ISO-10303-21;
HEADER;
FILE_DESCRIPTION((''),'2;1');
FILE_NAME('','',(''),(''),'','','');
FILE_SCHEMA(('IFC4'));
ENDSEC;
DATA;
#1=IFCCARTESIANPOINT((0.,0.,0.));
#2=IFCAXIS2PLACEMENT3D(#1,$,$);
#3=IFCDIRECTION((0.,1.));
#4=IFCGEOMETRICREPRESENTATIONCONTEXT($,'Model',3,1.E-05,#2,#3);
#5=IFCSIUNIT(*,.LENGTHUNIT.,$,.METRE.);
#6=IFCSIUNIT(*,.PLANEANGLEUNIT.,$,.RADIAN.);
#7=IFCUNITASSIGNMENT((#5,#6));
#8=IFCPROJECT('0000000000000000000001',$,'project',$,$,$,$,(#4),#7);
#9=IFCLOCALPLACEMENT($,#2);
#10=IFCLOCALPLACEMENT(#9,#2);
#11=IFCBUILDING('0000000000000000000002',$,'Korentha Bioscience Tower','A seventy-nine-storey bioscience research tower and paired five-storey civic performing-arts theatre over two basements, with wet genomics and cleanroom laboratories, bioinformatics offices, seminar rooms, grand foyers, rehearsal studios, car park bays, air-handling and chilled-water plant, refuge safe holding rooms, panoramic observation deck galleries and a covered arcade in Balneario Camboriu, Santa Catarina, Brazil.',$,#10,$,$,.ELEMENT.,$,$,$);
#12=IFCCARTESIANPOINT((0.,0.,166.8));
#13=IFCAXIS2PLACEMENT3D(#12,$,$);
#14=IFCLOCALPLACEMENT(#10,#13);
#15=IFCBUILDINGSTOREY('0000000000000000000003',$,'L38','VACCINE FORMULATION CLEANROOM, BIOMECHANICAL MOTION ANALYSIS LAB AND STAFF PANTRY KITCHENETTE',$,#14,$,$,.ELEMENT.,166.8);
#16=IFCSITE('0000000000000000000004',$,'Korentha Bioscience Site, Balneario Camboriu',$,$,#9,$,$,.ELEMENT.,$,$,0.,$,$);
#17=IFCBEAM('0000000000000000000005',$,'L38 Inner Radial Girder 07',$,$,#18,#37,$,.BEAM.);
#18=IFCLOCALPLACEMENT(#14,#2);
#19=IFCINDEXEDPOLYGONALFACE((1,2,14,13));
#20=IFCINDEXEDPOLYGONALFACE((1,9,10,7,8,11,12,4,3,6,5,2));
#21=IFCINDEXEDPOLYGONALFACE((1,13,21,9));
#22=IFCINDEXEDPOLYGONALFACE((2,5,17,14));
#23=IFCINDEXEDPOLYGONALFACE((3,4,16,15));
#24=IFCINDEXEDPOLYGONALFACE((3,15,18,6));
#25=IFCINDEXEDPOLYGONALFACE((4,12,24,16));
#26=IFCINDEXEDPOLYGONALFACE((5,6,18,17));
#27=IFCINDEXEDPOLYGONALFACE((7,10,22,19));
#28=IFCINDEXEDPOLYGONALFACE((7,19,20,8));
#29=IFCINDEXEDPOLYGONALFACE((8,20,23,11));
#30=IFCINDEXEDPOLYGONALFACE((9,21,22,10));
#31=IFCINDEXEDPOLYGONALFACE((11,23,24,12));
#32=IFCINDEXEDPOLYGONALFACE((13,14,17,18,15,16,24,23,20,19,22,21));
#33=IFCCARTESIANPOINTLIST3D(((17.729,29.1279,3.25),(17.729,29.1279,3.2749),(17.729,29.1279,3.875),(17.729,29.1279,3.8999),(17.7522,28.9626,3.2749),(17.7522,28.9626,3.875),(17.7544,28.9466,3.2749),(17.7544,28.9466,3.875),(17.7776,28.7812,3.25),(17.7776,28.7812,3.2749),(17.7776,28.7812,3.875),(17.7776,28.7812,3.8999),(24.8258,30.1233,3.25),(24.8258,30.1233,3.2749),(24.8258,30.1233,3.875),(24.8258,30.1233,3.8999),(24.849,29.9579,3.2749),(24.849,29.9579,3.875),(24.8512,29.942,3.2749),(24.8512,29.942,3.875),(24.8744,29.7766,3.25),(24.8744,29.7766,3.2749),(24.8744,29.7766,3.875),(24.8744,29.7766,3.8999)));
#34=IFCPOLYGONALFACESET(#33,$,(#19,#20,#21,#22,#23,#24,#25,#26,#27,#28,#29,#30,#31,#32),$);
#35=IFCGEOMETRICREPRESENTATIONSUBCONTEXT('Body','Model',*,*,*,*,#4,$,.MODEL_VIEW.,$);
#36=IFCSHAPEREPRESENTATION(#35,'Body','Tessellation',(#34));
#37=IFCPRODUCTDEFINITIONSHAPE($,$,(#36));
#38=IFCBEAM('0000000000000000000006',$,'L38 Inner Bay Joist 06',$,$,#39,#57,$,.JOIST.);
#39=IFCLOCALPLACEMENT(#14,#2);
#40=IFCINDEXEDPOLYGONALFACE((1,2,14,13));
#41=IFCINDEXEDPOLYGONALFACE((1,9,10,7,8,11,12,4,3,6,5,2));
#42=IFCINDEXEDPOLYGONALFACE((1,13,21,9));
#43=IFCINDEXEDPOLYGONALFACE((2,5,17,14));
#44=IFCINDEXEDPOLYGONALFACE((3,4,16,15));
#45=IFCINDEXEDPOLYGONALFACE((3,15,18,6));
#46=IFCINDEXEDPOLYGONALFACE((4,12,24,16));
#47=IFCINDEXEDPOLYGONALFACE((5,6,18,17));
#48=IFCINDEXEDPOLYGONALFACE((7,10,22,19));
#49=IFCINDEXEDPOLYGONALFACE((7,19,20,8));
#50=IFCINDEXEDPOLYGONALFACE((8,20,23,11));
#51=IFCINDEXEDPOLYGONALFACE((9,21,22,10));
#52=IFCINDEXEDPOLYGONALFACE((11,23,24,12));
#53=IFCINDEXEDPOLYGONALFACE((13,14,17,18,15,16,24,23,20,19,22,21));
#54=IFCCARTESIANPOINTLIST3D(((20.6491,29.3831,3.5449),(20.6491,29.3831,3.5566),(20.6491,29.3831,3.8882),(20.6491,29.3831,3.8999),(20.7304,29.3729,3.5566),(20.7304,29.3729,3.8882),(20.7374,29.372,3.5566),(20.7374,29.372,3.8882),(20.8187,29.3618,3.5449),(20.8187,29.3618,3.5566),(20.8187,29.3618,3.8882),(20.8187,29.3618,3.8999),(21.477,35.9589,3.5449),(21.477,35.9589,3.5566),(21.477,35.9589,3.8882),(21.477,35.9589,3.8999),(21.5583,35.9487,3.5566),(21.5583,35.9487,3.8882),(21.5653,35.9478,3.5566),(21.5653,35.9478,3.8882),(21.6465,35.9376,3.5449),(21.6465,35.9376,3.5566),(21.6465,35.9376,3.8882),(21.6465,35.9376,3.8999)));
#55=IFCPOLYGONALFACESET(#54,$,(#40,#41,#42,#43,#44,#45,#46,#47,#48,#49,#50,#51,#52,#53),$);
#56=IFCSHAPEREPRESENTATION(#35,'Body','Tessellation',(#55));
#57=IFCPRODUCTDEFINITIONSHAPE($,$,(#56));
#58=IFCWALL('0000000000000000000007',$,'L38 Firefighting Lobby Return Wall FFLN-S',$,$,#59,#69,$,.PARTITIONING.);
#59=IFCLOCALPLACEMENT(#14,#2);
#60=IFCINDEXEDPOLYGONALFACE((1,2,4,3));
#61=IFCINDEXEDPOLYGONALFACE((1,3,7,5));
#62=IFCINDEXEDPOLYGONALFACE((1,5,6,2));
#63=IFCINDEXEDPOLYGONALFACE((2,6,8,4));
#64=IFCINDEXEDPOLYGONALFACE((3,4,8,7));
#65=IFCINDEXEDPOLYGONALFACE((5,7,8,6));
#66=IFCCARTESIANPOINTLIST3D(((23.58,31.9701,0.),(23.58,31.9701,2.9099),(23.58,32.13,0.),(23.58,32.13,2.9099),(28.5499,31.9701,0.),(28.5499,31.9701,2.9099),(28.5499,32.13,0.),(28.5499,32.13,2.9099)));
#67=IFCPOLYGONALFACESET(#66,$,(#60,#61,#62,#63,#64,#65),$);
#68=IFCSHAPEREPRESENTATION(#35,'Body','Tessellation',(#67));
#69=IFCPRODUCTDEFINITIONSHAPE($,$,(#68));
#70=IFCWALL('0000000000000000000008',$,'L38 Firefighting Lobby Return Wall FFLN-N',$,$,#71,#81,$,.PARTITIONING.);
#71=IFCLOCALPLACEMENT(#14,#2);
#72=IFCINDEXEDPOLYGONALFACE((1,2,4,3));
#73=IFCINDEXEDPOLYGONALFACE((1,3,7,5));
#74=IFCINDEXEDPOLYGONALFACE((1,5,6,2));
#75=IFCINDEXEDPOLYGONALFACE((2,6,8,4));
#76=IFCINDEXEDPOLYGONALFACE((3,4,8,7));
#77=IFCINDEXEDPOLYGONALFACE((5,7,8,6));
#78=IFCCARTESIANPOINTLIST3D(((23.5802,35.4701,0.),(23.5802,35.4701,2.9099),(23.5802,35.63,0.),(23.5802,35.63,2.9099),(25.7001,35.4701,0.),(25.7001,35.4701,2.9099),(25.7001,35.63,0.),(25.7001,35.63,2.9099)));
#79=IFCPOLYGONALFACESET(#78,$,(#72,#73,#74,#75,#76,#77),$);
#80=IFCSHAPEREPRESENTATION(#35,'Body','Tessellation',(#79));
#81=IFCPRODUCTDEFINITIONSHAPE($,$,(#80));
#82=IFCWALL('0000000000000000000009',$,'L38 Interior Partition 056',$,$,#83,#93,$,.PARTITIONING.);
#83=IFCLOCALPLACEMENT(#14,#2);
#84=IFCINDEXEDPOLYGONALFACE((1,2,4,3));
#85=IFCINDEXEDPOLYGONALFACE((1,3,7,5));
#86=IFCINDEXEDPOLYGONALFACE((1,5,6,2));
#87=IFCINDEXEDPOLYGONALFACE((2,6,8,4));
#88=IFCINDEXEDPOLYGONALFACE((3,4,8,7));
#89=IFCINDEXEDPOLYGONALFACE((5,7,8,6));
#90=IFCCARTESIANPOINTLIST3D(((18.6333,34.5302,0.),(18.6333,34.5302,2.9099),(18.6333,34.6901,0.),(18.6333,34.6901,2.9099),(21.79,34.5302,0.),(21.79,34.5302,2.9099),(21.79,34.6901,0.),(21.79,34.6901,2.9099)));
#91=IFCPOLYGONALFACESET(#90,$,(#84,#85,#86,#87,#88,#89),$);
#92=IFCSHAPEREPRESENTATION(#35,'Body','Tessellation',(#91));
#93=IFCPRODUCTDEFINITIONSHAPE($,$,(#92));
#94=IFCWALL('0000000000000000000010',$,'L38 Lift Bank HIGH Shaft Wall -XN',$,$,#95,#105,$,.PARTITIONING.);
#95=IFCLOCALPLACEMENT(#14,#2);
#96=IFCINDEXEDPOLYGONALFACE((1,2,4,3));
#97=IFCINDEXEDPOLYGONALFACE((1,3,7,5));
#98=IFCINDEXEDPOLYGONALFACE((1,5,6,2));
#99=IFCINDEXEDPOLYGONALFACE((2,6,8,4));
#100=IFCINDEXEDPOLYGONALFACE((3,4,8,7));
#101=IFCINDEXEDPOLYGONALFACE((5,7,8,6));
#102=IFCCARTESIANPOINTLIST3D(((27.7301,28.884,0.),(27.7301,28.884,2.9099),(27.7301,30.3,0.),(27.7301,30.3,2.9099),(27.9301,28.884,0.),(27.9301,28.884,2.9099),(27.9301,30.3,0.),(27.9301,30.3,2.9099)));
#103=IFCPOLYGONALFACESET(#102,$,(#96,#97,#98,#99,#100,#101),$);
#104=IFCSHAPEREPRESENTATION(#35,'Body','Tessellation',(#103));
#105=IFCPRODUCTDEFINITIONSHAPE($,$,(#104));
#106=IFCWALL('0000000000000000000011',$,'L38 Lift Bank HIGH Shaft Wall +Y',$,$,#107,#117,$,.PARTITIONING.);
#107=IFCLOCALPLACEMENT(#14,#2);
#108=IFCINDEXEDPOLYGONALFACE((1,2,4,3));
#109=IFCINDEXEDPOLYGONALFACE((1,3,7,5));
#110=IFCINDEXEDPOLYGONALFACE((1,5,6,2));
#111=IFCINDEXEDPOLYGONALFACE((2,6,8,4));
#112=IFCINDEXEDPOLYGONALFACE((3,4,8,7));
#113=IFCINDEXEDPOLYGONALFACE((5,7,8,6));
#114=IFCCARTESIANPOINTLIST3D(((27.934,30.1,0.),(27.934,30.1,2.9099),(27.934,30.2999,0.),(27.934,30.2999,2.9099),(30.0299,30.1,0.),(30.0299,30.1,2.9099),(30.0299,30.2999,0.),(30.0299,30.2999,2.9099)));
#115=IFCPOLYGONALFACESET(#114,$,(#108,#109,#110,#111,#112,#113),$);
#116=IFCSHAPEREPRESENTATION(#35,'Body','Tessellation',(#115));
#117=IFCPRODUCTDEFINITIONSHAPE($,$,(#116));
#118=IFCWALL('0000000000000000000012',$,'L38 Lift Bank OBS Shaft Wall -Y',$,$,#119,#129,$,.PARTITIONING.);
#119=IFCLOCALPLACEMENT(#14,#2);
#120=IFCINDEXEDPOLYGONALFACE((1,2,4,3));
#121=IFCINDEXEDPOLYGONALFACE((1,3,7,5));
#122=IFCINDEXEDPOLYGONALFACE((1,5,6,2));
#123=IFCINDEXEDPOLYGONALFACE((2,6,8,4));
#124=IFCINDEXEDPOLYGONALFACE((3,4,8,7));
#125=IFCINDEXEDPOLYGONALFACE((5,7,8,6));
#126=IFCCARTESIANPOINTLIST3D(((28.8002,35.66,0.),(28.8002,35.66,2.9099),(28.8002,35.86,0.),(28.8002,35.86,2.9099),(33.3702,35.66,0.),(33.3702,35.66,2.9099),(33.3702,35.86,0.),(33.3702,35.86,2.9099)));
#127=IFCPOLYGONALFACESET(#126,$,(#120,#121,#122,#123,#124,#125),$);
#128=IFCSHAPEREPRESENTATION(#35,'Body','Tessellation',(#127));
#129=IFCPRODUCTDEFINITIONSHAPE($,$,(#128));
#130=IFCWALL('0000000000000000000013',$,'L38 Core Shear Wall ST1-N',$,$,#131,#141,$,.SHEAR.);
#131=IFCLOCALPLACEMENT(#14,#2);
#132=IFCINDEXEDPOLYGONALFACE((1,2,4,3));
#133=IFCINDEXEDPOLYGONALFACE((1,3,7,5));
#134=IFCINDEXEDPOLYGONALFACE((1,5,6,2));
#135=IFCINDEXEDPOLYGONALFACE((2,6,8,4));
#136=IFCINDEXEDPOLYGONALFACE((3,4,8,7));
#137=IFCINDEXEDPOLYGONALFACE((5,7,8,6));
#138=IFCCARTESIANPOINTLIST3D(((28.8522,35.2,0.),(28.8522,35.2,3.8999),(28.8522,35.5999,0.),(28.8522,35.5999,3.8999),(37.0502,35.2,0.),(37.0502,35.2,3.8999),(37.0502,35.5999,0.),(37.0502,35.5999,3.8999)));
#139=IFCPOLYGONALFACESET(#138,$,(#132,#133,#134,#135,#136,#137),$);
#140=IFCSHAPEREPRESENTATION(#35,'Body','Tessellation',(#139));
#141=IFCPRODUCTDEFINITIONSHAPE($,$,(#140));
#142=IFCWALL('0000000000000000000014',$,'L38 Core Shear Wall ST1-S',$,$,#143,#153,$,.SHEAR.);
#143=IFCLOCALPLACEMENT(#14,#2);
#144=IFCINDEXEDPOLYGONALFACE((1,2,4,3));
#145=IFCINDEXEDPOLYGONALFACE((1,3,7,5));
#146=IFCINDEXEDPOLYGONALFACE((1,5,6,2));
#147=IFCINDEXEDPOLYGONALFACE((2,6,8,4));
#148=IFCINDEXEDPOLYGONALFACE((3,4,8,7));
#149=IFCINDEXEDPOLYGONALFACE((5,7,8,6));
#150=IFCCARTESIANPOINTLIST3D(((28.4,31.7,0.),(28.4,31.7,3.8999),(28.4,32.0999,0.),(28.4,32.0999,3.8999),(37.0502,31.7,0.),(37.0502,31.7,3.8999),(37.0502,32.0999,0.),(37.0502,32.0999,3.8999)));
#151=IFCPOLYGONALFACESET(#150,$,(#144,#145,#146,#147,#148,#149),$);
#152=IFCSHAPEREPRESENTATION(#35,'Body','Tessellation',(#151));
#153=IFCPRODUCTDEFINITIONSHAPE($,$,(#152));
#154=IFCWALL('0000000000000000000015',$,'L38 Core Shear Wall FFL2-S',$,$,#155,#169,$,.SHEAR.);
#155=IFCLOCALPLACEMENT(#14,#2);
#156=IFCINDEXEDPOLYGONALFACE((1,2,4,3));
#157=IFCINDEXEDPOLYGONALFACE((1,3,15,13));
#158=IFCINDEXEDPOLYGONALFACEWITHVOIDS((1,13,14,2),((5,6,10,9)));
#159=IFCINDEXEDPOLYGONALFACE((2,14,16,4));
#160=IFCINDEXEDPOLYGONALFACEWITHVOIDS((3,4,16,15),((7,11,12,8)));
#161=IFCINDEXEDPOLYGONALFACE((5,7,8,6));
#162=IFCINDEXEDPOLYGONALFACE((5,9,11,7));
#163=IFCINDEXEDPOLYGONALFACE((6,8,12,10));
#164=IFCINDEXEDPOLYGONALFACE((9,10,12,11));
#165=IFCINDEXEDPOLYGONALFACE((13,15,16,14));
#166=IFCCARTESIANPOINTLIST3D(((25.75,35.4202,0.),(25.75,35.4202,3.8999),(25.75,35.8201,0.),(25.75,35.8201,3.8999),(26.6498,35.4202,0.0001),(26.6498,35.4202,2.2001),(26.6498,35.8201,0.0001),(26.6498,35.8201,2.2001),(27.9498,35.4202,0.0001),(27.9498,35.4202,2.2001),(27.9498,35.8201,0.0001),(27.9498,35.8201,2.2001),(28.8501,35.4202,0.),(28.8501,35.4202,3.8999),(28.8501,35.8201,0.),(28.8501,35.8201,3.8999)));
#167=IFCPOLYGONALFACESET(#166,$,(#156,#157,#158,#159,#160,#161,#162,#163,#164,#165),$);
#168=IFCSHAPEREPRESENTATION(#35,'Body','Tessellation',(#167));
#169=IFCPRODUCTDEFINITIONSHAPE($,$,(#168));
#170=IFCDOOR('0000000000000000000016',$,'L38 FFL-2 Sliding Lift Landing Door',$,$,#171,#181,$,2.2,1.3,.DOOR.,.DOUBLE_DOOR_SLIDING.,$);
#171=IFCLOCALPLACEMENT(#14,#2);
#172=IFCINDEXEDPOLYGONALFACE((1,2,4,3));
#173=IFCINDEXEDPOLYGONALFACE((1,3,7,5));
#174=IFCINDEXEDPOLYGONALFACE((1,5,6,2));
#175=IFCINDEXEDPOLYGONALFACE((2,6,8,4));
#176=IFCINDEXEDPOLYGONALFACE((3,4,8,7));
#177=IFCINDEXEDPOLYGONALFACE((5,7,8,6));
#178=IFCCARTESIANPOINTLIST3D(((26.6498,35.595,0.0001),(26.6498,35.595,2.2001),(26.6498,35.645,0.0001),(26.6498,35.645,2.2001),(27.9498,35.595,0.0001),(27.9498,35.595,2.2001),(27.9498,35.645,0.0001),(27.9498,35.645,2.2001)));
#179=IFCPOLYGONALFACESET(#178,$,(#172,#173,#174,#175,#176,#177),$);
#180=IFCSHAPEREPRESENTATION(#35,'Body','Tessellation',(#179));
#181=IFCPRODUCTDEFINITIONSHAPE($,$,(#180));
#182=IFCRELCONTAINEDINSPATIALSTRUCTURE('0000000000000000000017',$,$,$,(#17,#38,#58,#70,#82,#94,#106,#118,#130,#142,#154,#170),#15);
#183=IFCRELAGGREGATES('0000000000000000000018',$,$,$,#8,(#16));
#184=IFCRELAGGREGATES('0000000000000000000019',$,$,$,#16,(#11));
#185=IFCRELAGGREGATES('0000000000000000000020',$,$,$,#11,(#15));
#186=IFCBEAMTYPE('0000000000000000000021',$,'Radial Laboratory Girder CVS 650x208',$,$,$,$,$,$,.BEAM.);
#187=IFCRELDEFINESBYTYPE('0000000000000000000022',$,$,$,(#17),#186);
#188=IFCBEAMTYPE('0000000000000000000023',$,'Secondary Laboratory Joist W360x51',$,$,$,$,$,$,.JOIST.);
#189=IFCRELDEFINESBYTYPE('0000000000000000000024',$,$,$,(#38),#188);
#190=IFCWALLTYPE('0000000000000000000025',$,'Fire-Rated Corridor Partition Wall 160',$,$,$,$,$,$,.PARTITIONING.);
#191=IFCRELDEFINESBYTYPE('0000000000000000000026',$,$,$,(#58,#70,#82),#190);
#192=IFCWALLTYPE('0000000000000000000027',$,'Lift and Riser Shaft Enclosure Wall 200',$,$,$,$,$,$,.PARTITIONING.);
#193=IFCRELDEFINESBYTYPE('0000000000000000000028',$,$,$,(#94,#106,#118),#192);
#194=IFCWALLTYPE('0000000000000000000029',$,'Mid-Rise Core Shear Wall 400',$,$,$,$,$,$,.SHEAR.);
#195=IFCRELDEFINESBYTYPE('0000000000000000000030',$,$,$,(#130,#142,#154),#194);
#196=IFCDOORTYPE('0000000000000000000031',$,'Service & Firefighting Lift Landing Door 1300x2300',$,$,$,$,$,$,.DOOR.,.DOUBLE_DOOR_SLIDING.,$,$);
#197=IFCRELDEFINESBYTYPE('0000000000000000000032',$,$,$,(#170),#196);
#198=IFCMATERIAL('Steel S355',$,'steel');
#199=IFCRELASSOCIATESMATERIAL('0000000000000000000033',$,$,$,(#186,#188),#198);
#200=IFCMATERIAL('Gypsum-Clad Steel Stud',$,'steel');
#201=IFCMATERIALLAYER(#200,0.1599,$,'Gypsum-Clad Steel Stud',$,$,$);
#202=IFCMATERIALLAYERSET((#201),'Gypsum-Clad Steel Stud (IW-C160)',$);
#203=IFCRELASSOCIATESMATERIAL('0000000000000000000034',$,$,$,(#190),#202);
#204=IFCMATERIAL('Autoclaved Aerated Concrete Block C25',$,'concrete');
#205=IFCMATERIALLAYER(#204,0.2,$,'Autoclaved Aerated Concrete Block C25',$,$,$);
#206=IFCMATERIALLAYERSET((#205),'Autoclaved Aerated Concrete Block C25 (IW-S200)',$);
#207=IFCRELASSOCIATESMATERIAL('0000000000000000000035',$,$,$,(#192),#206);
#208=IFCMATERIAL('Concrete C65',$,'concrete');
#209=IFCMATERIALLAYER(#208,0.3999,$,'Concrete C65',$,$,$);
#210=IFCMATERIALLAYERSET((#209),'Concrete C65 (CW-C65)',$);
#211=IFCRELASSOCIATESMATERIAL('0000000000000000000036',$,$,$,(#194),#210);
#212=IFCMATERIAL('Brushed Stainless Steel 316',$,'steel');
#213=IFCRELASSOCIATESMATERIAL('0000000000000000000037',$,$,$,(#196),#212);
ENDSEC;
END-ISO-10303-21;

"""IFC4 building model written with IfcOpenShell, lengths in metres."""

from ifc_helpers import new_model, si_unit, direction, frame, frame_2d, origin, origin_2d, place, context, subcontext, project, spatial, rectangle, i_section, extrude, material, layer, layer_set, material_profile, profile_set, type_object, element, fill, save


model = new_model("IFC4")

# Units and contexts
model_context = context("Model", 3, precision=1e-05, world=origin(), true_north=direction((0.0, 1.0)))
body_context = subcontext(model_context, "Body", "Model", "MODEL_VIEW")
ifc_project = project(units=[si_unit("LENGTHUNIT", "METRE"), si_unit("PLANEANGLEUNIT", "RADIAN")], contexts=[model_context])

# Site, building, storey
site_placement = place(None, origin())
site = spatial("IfcSite", under=ifc_project, at=site_placement, Name="Korentha Bioscience Site, Balneario Camboriu", CompositionType="ELEMENT", RefElevation=0.0)
building_placement = place(site_placement, origin())
building = spatial("IfcBuilding", under=site, at=building_placement, Name="Korentha Bioscience Tower", Description="A seventy-nine-storey bioscience research tower and paired five-storey civic performing-arts theatre over two basements, with wet genomics and cleanroom laboratories, bioinformatics offices, seminar rooms, grand foyers, rehearsal studios, car park bays, air-handling and chilled-water plant, refuge safe holding rooms, panoramic observation deck galleries and a covered arcade in Balneario Camboriu, Santa Catarina, Brazil.", CompositionType="ELEMENT")
storey_placement = place(building_placement, frame((0.0, 0.0, 166.8)))
storey = spatial("IfcBuildingStorey", under=building, at=storey_placement, Name="L38", Description="VACCINE FORMULATION CLEANROOM, BIOMECHANICAL MOTION ANALYSIS LAB AND STAFF PANTRY KITCHENETTE", CompositionType="ELEMENT", Elevation=166.8)

# Shared definitions
ifc_material_1 = material(Name="Concrete C65", Category="concrete")

# Beams
ifc_material_2 = material(Name="Steel S355", Category="steel")
ifc_material_profile_1 = material_profile(ifc_material_2, i_section(OverallWidth=0.3501, OverallDepth=0.6499, WebThickness=0.0161, FlangeThickness=0.0249, at=origin_2d()), Name="Steel S355")
ifc_profile_set_1 = profile_set([ifc_material_profile_1], Name="Steel S355 (RB-650)")
beam_type_1 = type_object("IfcBeamType", Name="Radial Laboratory Girder CVS 650x208", PredefinedType="BEAM", material=ifc_profile_set_1)
beam_1_placement = place(storey_placement, frame((24.8501, 29.95, 3.575), z_axis=(-0.990307, -0.138898, 0.0), x_axis=(0.138898, -0.990307, 0.0)))
element("IfcBeam", 1, at=beam_1_placement, inside=storey, type_object=beam_type_1, Name="L38 Inner Radial Girder 07", PredefinedType="BEAM", context=body_context, shape_type="SweptSolid", body=[
    extrude(i_section(OverallWidth=0.3501, OverallDepth=0.6499, WebThickness=0.0161, FlangeThickness=0.0249, at=origin_2d()), origin(), (0.0, 0.0, 1.0), 7.1663),
])
ifc_material_profile_2 = material_profile(ifc_material_2, i_section(OverallWidth=0.1709, OverallDepth=0.355, WebThickness=0.0071, FlangeThickness=0.0117, at=origin_2d()), Name="Steel S355")
ifc_profile_set_2 = profile_set([ifc_material_profile_2], Name="Steel S355 (JB-360)")
beam_type_2 = type_object("IfcBeamType", Name="Secondary Laboratory Joist W360x51", PredefinedType="JOIST", material=ifc_profile_set_2)
beam_2_placement = place(storey_placement, frame((21.5618, 35.9482, 3.7224), z_axis=(-0.124914, -0.992168, 0.0), x_axis=(0.992168, -0.124914, 0.0)))
element("IfcBeam", 2, at=beam_2_placement, inside=storey, type_object=beam_type_2, Name="L38 Inner Bay Joist 06", PredefinedType="JOIST", context=body_context, shape_type="SweptSolid", body=[
    extrude(i_section(OverallWidth=0.1709, OverallDepth=0.355, WebThickness=0.0071, FlangeThickness=0.0117, at=origin_2d()), origin(), (0.0, 0.0, 1.0), 6.6277),
])

# Shared definitions
ifc_material_3 = material(Name="Gypsum-Clad Steel Stud", Category="steel")
ifc_layer_1 = layer(ifc_material_3, 0.1599, Name="Gypsum-Clad Steel Stud")
ifc_layer_set_1 = layer_set([ifc_layer_1], Name="Gypsum-Clad Steel Stud (IW-C160)")
wall_type_1 = type_object("IfcWallType", Name="Fire-Rated Corridor Partition Wall 160", PredefinedType="PARTITIONING", material=ifc_layer_set_1)

# Walls
wall_1_placement = place(storey_placement, frame((23.5801, 32.05, 0.0), z_axis=(0.0, 0.0, 1.0), x_axis=(1.0, 0.0, 0.0)))
element("IfcWall", 3, at=wall_1_placement, inside=storey, type_object=wall_type_1, Name="L38 Firefighting Lobby Return Wall FFLN-S", PredefinedType="PARTITIONING", context=body_context, shape_type="SweptSolid", body=[
    extrude(rectangle(XDim=4.97, YDim=0.1599, at=frame_2d((2.4849, 0.0))), origin(), (0.0, 0.0, 1.0), 2.9099),
])
wall_2_placement = place(storey_placement, frame((23.5801, 35.55, 0.0), z_axis=(0.0, 0.0, 1.0), x_axis=(1.0, 0.0, 0.0)))
element("IfcWall", 4, at=wall_2_placement, inside=storey, type_object=wall_type_1, Name="L38 Firefighting Lobby Return Wall FFLN-N", PredefinedType="PARTITIONING", context=body_context, shape_type="SweptSolid", body=[
    extrude(rectangle(XDim=2.1199, YDim=0.1599, at=frame_2d((1.0601, 0.0))), origin(), (0.0, 0.0, 1.0), 2.9099),
])
wall_3_placement = place(storey_placement, frame((21.79, 34.6101, 0.0), z_axis=(0.0, 0.0, 1.0), x_axis=(-1.0, 0.0, 0.0)))
element("IfcWall", 5, at=wall_3_placement, inside=storey, type_object=wall_type_1, Name="L38 Interior Partition 056", PredefinedType="PARTITIONING", context=body_context, shape_type="SweptSolid", body=[
    extrude(rectangle(XDim=3.1567, YDim=0.1599, at=frame_2d((1.5784, 0.0))), origin(), (0.0, 0.0, 1.0), 2.9099),
])
ifc_material_4 = material(Name="Autoclaved Aerated Concrete Block C25", Category="concrete")
ifc_layer_2 = layer(ifc_material_4, 0.2, Name="Autoclaved Aerated Concrete Block C25")
ifc_layer_set_2 = layer_set([ifc_layer_2], Name="Autoclaved Aerated Concrete Block C25 (IW-S200)")
wall_type_2 = type_object("IfcWallType", Name="Lift and Riser Shaft Enclosure Wall 200", PredefinedType="PARTITIONING", material=ifc_layer_set_2)
wall_4_placement = place(storey_placement, frame((27.8301, 28.884, 0.0), z_axis=(0.0, 0.0, 1.0), x_axis=(0.0, 1.0, 0.0)))
element("IfcWall", 6, at=wall_4_placement, inside=storey, type_object=wall_type_2, Name="L38 Lift Bank HIGH Shaft Wall -XN", PredefinedType="PARTITIONING", context=body_context, shape_type="SweptSolid", body=[
    extrude(rectangle(XDim=1.416, YDim=0.2, at=frame_2d((0.708, 0.0))), origin(), (0.0, 0.0, 1.0), 2.9099),
])
wall_5_placement = place(storey_placement, frame((27.9341, 30.2, 0.0), z_axis=(0.0, 0.0, 1.0), x_axis=(1.0, 0.0, 0.0)))
element("IfcWall", 7, at=wall_5_placement, inside=storey, type_object=wall_type_2, Name="L38 Lift Bank HIGH Shaft Wall +Y", PredefinedType="PARTITIONING", context=body_context, shape_type="SweptSolid", body=[
    extrude(rectangle(XDim=2.0959, YDim=0.2, at=frame_2d((1.0479, 0.0))), origin(), (0.0, 0.0, 1.0), 2.9099),
])
wall_6_placement = place(storey_placement, frame((28.8, 35.76, 0.0), z_axis=(0.0, 0.0, 1.0), x_axis=(1.0, 0.0, 0.0)))
element("IfcWall", 8, at=wall_6_placement, inside=storey, type_object=wall_type_2, Name="L38 Lift Bank OBS Shaft Wall -Y", PredefinedType="PARTITIONING", context=body_context, shape_type="SweptSolid", body=[
    extrude(rectangle(XDim=4.5701, YDim=0.2, at=frame_2d((2.2852, 0.0))), origin(), (0.0, 0.0, 1.0), 2.9099),
])
ifc_layer_3 = layer(ifc_material_1, 0.3999, Name="Concrete C65")
ifc_layer_set_3 = layer_set([ifc_layer_3], Name="Concrete C65 (CW-C65)")
wall_type_3 = type_object("IfcWallType", Name="Mid-Rise Core Shear Wall 400", PredefinedType="SHEAR", material=ifc_layer_set_3)
wall_7_placement = place(storey_placement, frame((28.8521, 35.3999, 0.0), z_axis=(0.0, 0.0, 1.0), x_axis=(1.0, 0.0, 0.0)))
element("IfcWall", 9, at=wall_7_placement, inside=storey, type_object=wall_type_3, Name="L38 Core Shear Wall ST1-N", PredefinedType="SHEAR", context=body_context, shape_type="SweptSolid", body=[
    extrude(rectangle(XDim=8.198, YDim=0.3999, at=frame_2d((4.0991, 0.0))), origin(), (0.0, 0.0, 1.0), 3.8999),
])
wall_8_placement = place(storey_placement, frame((28.3999, 31.8999, 0.0), z_axis=(0.0, 0.0, 1.0), x_axis=(1.0, 0.0, 0.0)))
element("IfcWall", 10, at=wall_8_placement, inside=storey, type_object=wall_type_3, Name="L38 Core Shear Wall ST1-S", PredefinedType="SHEAR", context=body_context, shape_type="SweptSolid", body=[
    extrude(rectangle(XDim=8.6501, YDim=0.3999, at=frame_2d((4.3252, 0.0))), origin(), (0.0, 0.0, 1.0), 3.8999),
])

# Wall, opening, door
wall_9_placement = place(storey_placement, frame((25.75, 35.6201, 0.0), z_axis=(0.0, 0.0, 1.0), x_axis=(1.0, 0.0, 0.0)))
wall_9 = element("IfcWall", 11, at=wall_9_placement, inside=storey, type_object=wall_type_3, Name="L38 Core Shear Wall FFL2-S", PredefinedType="SHEAR", context=body_context, shape_type="SweptSolid", body=[
    extrude(rectangle(XDim=3.1001, YDim=0.3999, at=frame_2d((1.55, 0.0))), origin(), (0.0, 0.0, 1.0), 3.8999),
])
opening_1_placement = place(wall_9_placement, frame((0.8999, 0.0, 0.0)))
opening_1 = element("IfcOpeningElement", 12, at=opening_1_placement, cuts=wall_9, PredefinedType="OPENING", context=body_context, shape_type="SweptSolid", body=[
    extrude(rectangle(XDim=1.3, YDim=2.2, at=frame_2d((0.6499, 1.1001))), frame((0.0, 0.2148, 0.0), z_axis=(0.0, -1.0, 0.0), x_axis=(1.0, 0.0, 0.0)), (0.0, 0.0, 1.0), 0.4297),
])
ifc_material_5 = material(Name="Brushed Stainless Steel 316", Category="steel")
door_type_1 = type_object("IfcDoorType", Name="Service & Firefighting Lift Landing Door 1300x2300", OperationType="DOUBLE_DOOR_SLIDING", PredefinedType="DOOR", material=ifc_material_5)
door_1_placement = place(opening_1_placement, origin())
door_1 = element("IfcDoor", 13, at=door_1_placement, inside=storey, type_object=door_type_1, Name="L38 FFL-2 Sliding Lift Landing Door", OperationType="DOUBLE_DOOR_SLIDING", OverallHeight=2.2, OverallWidth=1.3, PredefinedType="DOOR", context=body_context, shape_type="SweptSolid", body=[
    extrude(rectangle(XDim=1.3, YDim=2.2, at=frame_2d((0.6499, 1.1001))), frame((0.0, 0.0249, 0.0), z_axis=(0.0, -1.0, 0.0), x_axis=(1.0, 0.0, 0.0)), (0.0, 0.0, 1.0), 0.05),
])
fill(opening_1, door_1)

save(model, "model.ifc")
